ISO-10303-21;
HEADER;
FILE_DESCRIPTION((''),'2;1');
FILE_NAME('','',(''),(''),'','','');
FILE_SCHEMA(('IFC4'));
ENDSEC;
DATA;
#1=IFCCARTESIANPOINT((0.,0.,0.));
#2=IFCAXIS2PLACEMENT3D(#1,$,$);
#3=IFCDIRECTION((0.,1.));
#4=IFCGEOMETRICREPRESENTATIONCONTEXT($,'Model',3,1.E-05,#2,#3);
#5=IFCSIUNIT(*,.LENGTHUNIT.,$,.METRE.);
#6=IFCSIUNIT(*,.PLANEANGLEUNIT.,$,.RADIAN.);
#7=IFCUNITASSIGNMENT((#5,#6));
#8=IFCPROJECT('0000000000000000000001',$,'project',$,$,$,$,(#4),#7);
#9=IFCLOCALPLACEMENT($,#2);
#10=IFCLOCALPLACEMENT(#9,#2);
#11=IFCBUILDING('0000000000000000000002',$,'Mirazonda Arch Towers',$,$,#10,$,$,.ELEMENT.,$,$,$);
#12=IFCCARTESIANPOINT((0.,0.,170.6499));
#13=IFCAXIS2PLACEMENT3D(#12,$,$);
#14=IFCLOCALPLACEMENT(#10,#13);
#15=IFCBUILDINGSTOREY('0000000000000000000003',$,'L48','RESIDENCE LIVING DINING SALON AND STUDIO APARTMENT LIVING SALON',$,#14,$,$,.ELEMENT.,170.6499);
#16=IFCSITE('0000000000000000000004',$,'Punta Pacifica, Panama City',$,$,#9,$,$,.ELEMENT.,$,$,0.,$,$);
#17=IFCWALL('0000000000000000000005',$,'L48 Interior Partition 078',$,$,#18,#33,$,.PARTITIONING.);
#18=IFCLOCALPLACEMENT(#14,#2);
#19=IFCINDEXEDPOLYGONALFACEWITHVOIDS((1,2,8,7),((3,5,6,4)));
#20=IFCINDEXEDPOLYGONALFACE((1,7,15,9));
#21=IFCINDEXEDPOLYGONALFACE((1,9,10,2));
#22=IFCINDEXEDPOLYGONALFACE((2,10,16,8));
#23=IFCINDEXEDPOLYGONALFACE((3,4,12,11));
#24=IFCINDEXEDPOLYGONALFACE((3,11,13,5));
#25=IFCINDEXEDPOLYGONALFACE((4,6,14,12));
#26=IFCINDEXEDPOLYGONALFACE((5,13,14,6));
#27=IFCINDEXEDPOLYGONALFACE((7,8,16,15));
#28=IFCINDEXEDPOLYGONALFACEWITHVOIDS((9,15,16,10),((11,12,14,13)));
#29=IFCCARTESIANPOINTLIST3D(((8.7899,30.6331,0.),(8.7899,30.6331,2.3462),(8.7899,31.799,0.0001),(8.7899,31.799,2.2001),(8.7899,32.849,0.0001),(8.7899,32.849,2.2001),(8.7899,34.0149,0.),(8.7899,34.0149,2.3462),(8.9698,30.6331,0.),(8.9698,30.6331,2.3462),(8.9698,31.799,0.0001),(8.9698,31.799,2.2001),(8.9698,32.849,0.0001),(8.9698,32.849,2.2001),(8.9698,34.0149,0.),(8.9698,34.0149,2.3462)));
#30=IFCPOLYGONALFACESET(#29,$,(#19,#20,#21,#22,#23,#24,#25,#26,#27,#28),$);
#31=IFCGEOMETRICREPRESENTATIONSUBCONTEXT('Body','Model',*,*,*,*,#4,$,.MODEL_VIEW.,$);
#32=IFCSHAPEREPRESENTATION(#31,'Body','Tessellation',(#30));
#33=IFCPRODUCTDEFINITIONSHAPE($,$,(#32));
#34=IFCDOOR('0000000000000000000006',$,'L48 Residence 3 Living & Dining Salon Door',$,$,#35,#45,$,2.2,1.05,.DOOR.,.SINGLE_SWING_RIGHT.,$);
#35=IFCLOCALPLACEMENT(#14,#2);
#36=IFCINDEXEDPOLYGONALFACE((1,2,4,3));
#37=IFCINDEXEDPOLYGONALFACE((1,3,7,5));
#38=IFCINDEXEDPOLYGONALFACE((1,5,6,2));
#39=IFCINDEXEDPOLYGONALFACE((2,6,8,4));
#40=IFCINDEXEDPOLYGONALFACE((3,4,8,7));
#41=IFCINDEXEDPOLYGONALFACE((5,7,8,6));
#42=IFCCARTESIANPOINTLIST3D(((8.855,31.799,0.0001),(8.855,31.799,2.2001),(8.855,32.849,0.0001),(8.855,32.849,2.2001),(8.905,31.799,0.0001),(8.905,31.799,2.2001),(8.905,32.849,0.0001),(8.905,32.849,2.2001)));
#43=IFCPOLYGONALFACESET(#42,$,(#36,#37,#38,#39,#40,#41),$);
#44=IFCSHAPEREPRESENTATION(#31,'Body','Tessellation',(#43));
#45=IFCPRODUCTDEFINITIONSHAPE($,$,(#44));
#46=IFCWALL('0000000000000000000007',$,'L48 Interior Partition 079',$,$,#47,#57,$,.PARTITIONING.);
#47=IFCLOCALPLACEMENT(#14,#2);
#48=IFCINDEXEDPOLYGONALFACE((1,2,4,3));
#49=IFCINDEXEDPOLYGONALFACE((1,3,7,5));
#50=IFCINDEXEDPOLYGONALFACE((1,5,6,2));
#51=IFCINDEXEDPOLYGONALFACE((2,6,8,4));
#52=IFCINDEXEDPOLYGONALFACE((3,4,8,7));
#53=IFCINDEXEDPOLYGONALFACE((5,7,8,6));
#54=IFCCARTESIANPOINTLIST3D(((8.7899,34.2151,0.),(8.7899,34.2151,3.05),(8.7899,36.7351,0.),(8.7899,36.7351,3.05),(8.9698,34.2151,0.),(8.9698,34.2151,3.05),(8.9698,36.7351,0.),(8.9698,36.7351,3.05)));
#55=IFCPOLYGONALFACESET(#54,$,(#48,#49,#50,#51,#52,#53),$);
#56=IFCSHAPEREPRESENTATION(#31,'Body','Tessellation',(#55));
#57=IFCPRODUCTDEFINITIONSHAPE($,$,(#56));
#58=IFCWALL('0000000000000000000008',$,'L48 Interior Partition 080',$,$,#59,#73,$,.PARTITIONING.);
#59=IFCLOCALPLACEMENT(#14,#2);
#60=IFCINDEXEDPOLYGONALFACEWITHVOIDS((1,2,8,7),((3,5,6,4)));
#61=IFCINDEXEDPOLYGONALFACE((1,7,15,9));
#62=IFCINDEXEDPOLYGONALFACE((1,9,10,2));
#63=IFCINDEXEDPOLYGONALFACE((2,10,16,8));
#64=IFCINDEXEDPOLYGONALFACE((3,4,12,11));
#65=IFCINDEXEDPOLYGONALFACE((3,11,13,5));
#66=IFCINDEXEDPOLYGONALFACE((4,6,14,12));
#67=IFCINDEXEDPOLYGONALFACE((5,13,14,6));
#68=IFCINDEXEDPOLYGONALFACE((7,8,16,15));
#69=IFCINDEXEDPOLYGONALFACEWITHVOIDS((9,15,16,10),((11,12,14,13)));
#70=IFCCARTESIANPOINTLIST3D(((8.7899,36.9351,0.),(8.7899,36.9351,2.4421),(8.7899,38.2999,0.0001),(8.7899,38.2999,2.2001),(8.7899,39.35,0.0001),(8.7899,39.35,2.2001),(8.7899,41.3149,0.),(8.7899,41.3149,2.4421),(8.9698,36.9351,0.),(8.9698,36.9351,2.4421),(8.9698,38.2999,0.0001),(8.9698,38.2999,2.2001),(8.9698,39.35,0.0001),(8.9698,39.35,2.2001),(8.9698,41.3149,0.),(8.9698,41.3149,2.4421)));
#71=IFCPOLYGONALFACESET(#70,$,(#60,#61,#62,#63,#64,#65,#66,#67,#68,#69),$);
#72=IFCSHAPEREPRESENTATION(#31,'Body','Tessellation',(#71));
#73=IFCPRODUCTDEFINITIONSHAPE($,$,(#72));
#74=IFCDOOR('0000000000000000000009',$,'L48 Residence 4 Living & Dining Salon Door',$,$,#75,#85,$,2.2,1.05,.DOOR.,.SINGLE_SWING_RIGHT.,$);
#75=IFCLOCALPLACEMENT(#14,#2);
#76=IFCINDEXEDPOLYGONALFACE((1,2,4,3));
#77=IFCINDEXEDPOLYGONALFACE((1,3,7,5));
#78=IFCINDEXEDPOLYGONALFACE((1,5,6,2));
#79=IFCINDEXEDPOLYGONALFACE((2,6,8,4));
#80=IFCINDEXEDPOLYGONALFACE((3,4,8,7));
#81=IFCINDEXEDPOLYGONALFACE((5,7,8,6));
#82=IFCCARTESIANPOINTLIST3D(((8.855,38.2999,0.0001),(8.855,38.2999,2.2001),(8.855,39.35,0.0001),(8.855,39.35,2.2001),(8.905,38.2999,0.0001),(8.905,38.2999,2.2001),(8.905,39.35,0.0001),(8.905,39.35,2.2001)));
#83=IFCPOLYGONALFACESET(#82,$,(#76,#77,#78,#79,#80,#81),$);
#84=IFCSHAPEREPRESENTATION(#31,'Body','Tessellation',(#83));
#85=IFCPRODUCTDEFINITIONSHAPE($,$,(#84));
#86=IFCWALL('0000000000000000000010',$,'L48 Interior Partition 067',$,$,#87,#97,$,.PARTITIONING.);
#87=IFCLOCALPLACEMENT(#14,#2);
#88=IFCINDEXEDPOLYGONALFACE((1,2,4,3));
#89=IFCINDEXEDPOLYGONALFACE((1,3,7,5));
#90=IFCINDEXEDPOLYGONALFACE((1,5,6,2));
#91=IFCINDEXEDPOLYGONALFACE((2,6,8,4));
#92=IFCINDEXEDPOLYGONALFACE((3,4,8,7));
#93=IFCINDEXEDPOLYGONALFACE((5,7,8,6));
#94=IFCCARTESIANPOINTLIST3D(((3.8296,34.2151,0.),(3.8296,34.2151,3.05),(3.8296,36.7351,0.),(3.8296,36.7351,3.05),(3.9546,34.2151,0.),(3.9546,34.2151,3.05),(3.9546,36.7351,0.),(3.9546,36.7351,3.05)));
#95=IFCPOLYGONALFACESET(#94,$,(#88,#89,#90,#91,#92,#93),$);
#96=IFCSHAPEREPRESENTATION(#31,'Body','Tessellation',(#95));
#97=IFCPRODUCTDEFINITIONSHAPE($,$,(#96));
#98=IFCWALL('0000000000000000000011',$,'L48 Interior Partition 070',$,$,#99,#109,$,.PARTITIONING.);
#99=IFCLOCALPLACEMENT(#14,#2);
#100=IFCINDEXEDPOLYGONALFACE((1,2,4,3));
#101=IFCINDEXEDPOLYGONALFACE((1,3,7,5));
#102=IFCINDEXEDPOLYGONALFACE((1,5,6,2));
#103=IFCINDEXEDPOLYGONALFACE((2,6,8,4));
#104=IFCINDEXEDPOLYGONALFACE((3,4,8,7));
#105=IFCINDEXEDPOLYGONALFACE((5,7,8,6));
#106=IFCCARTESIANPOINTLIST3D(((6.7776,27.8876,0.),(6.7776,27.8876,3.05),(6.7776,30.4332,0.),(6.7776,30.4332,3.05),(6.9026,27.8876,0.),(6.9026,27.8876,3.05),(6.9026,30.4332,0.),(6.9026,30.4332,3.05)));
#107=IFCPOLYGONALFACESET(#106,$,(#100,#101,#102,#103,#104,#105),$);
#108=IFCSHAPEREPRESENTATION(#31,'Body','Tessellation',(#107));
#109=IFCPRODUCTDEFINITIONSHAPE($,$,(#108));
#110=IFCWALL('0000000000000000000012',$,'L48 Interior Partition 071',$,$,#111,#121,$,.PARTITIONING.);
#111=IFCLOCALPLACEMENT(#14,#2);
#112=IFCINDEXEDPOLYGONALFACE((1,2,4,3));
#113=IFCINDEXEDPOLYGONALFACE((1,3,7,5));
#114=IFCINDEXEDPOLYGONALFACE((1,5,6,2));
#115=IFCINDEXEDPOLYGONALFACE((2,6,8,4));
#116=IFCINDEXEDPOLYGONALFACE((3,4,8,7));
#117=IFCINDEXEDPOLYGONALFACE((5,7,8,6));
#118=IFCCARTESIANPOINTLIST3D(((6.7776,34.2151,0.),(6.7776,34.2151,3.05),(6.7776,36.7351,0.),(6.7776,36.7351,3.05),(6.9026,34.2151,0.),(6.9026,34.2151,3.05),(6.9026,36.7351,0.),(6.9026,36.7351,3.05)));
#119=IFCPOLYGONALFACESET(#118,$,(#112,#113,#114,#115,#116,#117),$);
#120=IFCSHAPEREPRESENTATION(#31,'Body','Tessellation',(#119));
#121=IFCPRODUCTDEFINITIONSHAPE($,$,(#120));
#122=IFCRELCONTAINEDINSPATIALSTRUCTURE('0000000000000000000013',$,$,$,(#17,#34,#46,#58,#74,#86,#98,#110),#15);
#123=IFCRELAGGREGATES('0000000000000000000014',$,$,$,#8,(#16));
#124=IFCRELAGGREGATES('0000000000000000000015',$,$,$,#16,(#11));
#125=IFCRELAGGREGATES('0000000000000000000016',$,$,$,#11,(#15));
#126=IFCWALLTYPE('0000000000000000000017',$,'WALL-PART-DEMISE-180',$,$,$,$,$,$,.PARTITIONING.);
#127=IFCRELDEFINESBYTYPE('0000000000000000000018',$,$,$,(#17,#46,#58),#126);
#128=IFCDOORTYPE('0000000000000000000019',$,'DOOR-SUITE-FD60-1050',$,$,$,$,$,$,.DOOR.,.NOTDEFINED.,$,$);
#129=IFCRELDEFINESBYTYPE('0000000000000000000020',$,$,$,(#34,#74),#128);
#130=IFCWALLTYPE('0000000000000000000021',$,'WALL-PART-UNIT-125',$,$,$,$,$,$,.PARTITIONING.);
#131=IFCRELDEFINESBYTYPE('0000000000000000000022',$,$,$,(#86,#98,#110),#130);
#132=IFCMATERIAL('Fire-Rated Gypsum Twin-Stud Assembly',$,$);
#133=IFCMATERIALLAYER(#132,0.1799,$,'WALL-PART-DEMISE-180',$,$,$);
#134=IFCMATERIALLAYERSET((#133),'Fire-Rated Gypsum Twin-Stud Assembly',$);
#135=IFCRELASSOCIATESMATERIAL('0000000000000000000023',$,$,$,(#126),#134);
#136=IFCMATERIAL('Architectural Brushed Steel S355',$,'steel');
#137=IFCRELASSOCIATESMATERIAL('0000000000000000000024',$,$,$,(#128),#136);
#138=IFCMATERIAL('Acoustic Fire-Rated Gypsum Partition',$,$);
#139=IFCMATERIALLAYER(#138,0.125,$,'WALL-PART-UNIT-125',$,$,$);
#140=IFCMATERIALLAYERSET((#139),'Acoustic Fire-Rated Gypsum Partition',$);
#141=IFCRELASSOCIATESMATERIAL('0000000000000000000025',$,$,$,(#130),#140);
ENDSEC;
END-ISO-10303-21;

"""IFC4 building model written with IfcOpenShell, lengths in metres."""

from ifc_helpers import new_model, si_unit, direction, frame, frame_2d, origin, place, context, subcontext, project, spatial, rectangle, extrude, material, layer, layer_set, type_object, element, fill, save


model = new_model("IFC4")

# Units and contexts
model_context = context("Model", 3, precision=1e-05, world=origin(), true_north=direction((0.0, 1.0)))
body_context = subcontext(model_context, "Body", "Model", "MODEL_VIEW")
ifc_project = project(units=[si_unit("LENGTHUNIT", "METRE"), si_unit("PLANEANGLEUNIT", "RADIAN")], contexts=[model_context])

# Site, building, storey
site_placement = place(None, origin())
site = spatial("IfcSite", under=ifc_project, at=site_placement, Name="Punta Pacifica, Panama City", CompositionType="ELEMENT", RefElevation=0.0)
building_placement = place(site_placement, origin())
building = spatial("IfcBuilding", under=site, at=building_placement, Name="Mirazonda Arch Towers", CompositionType="ELEMENT")
storey_placement = place(building_placement, frame((0.0, 0.0, 170.6499)))
storey = spatial("IfcBuildingStorey", under=building, at=storey_placement, Name="L48", Description="RESIDENCE LIVING DINING SALON AND STUDIO APARTMENT LIVING SALON", CompositionType="ELEMENT", Elevation=170.6499)

# Shared definitions
ifc_material_1 = material(Name="Architectural Brushed Steel S355", Category="steel")

# Shared definitions
ifc_material_2 = material(Name="Fire-Rated Gypsum Twin-Stud Assembly")
ifc_layer_1 = layer(ifc_material_2, 0.1799, Name="WALL-PART-DEMISE-180")
ifc_layer_set_1 = layer_set([ifc_layer_1], Name="Fire-Rated Gypsum Twin-Stud Assembly")
wall_type_1 = type_object("IfcWallType", Name="WALL-PART-DEMISE-180", PredefinedType="PARTITIONING", material=ifc_layer_set_1)

# Wall, opening, door
wall_1_placement = place(storey_placement, frame((8.8799, 30.6331, 0.0), z_axis=(0.0, 0.0, 1.0), x_axis=(0.0, 1.0, 0.0)))
wall_1 = element("IfcWall", 1, at=wall_1_placement, inside=storey, type_object=wall_type_1, Name="L48 Interior Partition 078", PredefinedType="PARTITIONING", context=body_context, shape_type="SweptSolid", body=[
    extrude(rectangle(XDim=3.3818, YDim=0.1799, at=frame_2d((1.6909, 0.0))), origin(), (0.0, 0.0, 1.0), 2.3462),
])
opening_1_placement = place(wall_1_placement, frame((1.166, 0.0, 0.0)))
opening_1 = element("IfcOpeningElement", 2, at=opening_1_placement, cuts=wall_1, PredefinedType="OPENING", context=body_context, shape_type="SweptSolid", body=[
    extrude(rectangle(XDim=1.05, YDim=2.2, at=frame_2d((0.5249, 1.1001))), frame((0.0, 0.0999, 0.0), z_axis=(0.0, -1.0, 0.0), x_axis=(1.0, 0.0, 0.0)), (0.0, 0.0, 1.0), 0.2),
])
door_type_1 = type_object("IfcDoorType", Name="DOOR-SUITE-FD60-1050", OperationType="NOTDEFINED", PredefinedType="DOOR", material=ifc_material_1)
door_1_placement = place(opening_1_placement, origin())
door_1 = element("IfcDoor", 3, at=door_1_placement, inside=storey, type_object=door_type_1, Name="L48 Residence 3 Living & Dining Salon Door", OperationType="SINGLE_SWING_RIGHT", OverallHeight=2.2, OverallWidth=1.05, PredefinedType="DOOR", context=body_context, shape_type="SweptSolid", body=[
    extrude(rectangle(XDim=1.05, YDim=2.2, at=frame_2d((0.5249, 1.1001))), frame((0.0, 0.0249, 0.0), z_axis=(0.0, -1.0, 0.0), x_axis=(1.0, 0.0, 0.0)), (0.0, 0.0, 1.0), 0.05),
])
fill(opening_1, door_1)

# Wall
wall_2_placement = place(storey_placement, frame((8.8799, 34.2151, 0.0), z_axis=(0.0, 0.0, 1.0), x_axis=(0.0, 1.0, 0.0)))
element("IfcWall", 4, at=wall_2_placement, inside=storey, type_object=wall_type_1, Name="L48 Interior Partition 079", PredefinedType="PARTITIONING", context=body_context, shape_type="SweptSolid", body=[
    extrude(rectangle(XDim=2.52, YDim=0.1799, at=frame_2d((1.26, 0.0))), origin(), (0.0, 0.0, 1.0), 3.05),
])

# Wall, opening, door
wall_3_placement = place(storey_placement, frame((8.8799, 36.9351, 0.0), z_axis=(0.0, 0.0, 1.0), x_axis=(0.0, 1.0, 0.0)))
wall_3 = element("IfcWall", 5, at=wall_3_placement, inside=storey, type_object=wall_type_1, Name="L48 Interior Partition 080", PredefinedType="PARTITIONING", context=body_context, shape_type="SweptSolid", body=[
    extrude(rectangle(XDim=4.3799, YDim=0.1799, at=frame_2d((2.1899, 0.0))), origin(), (0.0, 0.0, 1.0), 2.4421),
])
opening_2_placement = place(wall_3_placement, frame((1.365, 0.0, 0.0)))
opening_2 = element("IfcOpeningElement", 6, at=opening_2_placement, cuts=wall_3, PredefinedType="OPENING", context=body_context, shape_type="SweptSolid", body=[
    extrude(rectangle(XDim=1.05, YDim=2.2, at=frame_2d((0.5249, 1.1001))), frame((0.0, 0.0999, 0.0), z_axis=(0.0, -1.0, 0.0), x_axis=(1.0, 0.0, 0.0)), (0.0, 0.0, 1.0), 0.2),
])
door_2_placement = place(opening_2_placement, origin())
door_2 = element("IfcDoor", 7, at=door_2_placement, inside=storey, type_object=door_type_1, Name="L48 Residence 4 Living & Dining Salon Door", OperationType="SINGLE_SWING_RIGHT", OverallHeight=2.2, OverallWidth=1.05, PredefinedType="DOOR", context=body_context, shape_type="SweptSolid", body=[
    extrude(rectangle(XDim=1.05, YDim=2.2, at=frame_2d((0.5249, 1.1001))), frame((0.0, 0.0249, 0.0), z_axis=(0.0, -1.0, 0.0), x_axis=(1.0, 0.0, 0.0)), (0.0, 0.0, 1.0), 0.05),
])
fill(opening_2, door_2)

# Walls
ifc_material_3 = material(Name="Acoustic Fire-Rated Gypsum Partition")
ifc_layer_2 = layer(ifc_material_3, 0.125, Name="WALL-PART-UNIT-125")
ifc_layer_set_2 = layer_set([ifc_layer_2], Name="Acoustic Fire-Rated Gypsum Partition")
wall_type_2 = type_object("IfcWallType", Name="WALL-PART-UNIT-125", PredefinedType="PARTITIONING", material=ifc_layer_set_2)
wall_4_placement = place(storey_placement, frame((3.8921, 34.2151, 0.0), z_axis=(0.0, 0.0, 1.0), x_axis=(0.0, 1.0, 0.0)))
element("IfcWall", 8, at=wall_4_placement, inside=storey, type_object=wall_type_2, Name="L48 Interior Partition 067", PredefinedType="PARTITIONING", context=body_context, shape_type="SweptSolid", body=[
    extrude(rectangle(XDim=2.52, YDim=0.125, at=frame_2d((1.26, 0.0))), origin(), (0.0, 0.0, 1.0), 3.05),
])
wall_5_placement = place(storey_placement, frame((6.8401, 27.8875, 0.0), z_axis=(0.0, 0.0, 1.0), x_axis=(0.0, 1.0, 0.0)))
element("IfcWall", 9, at=wall_5_placement, inside=storey, type_object=wall_type_2, Name="L48 Interior Partition 070", PredefinedType="PARTITIONING", context=body_context, shape_type="SweptSolid", body=[
    extrude(rectangle(XDim=2.5457, YDim=0.125, at=frame_2d((1.2729, 0.0))), origin(), (0.0, 0.0, 1.0), 3.05),
])
wall_6_placement = place(storey_placement, frame((6.8401, 34.2151, 0.0), z_axis=(0.0, 0.0, 1.0), x_axis=(0.0, 1.0, 0.0)))
element("IfcWall", 10, at=wall_6_placement, inside=storey, type_object=wall_type_2, Name="L48 Interior Partition 071", PredefinedType="PARTITIONING", context=body_context, shape_type="SweptSolid", body=[
    extrude(rectangle(XDim=2.52, YDim=0.125, at=frame_2d((1.26, 0.0))), origin(), (0.0, 0.0, 1.0), 3.05),
])

save(model, "model.ifc")
